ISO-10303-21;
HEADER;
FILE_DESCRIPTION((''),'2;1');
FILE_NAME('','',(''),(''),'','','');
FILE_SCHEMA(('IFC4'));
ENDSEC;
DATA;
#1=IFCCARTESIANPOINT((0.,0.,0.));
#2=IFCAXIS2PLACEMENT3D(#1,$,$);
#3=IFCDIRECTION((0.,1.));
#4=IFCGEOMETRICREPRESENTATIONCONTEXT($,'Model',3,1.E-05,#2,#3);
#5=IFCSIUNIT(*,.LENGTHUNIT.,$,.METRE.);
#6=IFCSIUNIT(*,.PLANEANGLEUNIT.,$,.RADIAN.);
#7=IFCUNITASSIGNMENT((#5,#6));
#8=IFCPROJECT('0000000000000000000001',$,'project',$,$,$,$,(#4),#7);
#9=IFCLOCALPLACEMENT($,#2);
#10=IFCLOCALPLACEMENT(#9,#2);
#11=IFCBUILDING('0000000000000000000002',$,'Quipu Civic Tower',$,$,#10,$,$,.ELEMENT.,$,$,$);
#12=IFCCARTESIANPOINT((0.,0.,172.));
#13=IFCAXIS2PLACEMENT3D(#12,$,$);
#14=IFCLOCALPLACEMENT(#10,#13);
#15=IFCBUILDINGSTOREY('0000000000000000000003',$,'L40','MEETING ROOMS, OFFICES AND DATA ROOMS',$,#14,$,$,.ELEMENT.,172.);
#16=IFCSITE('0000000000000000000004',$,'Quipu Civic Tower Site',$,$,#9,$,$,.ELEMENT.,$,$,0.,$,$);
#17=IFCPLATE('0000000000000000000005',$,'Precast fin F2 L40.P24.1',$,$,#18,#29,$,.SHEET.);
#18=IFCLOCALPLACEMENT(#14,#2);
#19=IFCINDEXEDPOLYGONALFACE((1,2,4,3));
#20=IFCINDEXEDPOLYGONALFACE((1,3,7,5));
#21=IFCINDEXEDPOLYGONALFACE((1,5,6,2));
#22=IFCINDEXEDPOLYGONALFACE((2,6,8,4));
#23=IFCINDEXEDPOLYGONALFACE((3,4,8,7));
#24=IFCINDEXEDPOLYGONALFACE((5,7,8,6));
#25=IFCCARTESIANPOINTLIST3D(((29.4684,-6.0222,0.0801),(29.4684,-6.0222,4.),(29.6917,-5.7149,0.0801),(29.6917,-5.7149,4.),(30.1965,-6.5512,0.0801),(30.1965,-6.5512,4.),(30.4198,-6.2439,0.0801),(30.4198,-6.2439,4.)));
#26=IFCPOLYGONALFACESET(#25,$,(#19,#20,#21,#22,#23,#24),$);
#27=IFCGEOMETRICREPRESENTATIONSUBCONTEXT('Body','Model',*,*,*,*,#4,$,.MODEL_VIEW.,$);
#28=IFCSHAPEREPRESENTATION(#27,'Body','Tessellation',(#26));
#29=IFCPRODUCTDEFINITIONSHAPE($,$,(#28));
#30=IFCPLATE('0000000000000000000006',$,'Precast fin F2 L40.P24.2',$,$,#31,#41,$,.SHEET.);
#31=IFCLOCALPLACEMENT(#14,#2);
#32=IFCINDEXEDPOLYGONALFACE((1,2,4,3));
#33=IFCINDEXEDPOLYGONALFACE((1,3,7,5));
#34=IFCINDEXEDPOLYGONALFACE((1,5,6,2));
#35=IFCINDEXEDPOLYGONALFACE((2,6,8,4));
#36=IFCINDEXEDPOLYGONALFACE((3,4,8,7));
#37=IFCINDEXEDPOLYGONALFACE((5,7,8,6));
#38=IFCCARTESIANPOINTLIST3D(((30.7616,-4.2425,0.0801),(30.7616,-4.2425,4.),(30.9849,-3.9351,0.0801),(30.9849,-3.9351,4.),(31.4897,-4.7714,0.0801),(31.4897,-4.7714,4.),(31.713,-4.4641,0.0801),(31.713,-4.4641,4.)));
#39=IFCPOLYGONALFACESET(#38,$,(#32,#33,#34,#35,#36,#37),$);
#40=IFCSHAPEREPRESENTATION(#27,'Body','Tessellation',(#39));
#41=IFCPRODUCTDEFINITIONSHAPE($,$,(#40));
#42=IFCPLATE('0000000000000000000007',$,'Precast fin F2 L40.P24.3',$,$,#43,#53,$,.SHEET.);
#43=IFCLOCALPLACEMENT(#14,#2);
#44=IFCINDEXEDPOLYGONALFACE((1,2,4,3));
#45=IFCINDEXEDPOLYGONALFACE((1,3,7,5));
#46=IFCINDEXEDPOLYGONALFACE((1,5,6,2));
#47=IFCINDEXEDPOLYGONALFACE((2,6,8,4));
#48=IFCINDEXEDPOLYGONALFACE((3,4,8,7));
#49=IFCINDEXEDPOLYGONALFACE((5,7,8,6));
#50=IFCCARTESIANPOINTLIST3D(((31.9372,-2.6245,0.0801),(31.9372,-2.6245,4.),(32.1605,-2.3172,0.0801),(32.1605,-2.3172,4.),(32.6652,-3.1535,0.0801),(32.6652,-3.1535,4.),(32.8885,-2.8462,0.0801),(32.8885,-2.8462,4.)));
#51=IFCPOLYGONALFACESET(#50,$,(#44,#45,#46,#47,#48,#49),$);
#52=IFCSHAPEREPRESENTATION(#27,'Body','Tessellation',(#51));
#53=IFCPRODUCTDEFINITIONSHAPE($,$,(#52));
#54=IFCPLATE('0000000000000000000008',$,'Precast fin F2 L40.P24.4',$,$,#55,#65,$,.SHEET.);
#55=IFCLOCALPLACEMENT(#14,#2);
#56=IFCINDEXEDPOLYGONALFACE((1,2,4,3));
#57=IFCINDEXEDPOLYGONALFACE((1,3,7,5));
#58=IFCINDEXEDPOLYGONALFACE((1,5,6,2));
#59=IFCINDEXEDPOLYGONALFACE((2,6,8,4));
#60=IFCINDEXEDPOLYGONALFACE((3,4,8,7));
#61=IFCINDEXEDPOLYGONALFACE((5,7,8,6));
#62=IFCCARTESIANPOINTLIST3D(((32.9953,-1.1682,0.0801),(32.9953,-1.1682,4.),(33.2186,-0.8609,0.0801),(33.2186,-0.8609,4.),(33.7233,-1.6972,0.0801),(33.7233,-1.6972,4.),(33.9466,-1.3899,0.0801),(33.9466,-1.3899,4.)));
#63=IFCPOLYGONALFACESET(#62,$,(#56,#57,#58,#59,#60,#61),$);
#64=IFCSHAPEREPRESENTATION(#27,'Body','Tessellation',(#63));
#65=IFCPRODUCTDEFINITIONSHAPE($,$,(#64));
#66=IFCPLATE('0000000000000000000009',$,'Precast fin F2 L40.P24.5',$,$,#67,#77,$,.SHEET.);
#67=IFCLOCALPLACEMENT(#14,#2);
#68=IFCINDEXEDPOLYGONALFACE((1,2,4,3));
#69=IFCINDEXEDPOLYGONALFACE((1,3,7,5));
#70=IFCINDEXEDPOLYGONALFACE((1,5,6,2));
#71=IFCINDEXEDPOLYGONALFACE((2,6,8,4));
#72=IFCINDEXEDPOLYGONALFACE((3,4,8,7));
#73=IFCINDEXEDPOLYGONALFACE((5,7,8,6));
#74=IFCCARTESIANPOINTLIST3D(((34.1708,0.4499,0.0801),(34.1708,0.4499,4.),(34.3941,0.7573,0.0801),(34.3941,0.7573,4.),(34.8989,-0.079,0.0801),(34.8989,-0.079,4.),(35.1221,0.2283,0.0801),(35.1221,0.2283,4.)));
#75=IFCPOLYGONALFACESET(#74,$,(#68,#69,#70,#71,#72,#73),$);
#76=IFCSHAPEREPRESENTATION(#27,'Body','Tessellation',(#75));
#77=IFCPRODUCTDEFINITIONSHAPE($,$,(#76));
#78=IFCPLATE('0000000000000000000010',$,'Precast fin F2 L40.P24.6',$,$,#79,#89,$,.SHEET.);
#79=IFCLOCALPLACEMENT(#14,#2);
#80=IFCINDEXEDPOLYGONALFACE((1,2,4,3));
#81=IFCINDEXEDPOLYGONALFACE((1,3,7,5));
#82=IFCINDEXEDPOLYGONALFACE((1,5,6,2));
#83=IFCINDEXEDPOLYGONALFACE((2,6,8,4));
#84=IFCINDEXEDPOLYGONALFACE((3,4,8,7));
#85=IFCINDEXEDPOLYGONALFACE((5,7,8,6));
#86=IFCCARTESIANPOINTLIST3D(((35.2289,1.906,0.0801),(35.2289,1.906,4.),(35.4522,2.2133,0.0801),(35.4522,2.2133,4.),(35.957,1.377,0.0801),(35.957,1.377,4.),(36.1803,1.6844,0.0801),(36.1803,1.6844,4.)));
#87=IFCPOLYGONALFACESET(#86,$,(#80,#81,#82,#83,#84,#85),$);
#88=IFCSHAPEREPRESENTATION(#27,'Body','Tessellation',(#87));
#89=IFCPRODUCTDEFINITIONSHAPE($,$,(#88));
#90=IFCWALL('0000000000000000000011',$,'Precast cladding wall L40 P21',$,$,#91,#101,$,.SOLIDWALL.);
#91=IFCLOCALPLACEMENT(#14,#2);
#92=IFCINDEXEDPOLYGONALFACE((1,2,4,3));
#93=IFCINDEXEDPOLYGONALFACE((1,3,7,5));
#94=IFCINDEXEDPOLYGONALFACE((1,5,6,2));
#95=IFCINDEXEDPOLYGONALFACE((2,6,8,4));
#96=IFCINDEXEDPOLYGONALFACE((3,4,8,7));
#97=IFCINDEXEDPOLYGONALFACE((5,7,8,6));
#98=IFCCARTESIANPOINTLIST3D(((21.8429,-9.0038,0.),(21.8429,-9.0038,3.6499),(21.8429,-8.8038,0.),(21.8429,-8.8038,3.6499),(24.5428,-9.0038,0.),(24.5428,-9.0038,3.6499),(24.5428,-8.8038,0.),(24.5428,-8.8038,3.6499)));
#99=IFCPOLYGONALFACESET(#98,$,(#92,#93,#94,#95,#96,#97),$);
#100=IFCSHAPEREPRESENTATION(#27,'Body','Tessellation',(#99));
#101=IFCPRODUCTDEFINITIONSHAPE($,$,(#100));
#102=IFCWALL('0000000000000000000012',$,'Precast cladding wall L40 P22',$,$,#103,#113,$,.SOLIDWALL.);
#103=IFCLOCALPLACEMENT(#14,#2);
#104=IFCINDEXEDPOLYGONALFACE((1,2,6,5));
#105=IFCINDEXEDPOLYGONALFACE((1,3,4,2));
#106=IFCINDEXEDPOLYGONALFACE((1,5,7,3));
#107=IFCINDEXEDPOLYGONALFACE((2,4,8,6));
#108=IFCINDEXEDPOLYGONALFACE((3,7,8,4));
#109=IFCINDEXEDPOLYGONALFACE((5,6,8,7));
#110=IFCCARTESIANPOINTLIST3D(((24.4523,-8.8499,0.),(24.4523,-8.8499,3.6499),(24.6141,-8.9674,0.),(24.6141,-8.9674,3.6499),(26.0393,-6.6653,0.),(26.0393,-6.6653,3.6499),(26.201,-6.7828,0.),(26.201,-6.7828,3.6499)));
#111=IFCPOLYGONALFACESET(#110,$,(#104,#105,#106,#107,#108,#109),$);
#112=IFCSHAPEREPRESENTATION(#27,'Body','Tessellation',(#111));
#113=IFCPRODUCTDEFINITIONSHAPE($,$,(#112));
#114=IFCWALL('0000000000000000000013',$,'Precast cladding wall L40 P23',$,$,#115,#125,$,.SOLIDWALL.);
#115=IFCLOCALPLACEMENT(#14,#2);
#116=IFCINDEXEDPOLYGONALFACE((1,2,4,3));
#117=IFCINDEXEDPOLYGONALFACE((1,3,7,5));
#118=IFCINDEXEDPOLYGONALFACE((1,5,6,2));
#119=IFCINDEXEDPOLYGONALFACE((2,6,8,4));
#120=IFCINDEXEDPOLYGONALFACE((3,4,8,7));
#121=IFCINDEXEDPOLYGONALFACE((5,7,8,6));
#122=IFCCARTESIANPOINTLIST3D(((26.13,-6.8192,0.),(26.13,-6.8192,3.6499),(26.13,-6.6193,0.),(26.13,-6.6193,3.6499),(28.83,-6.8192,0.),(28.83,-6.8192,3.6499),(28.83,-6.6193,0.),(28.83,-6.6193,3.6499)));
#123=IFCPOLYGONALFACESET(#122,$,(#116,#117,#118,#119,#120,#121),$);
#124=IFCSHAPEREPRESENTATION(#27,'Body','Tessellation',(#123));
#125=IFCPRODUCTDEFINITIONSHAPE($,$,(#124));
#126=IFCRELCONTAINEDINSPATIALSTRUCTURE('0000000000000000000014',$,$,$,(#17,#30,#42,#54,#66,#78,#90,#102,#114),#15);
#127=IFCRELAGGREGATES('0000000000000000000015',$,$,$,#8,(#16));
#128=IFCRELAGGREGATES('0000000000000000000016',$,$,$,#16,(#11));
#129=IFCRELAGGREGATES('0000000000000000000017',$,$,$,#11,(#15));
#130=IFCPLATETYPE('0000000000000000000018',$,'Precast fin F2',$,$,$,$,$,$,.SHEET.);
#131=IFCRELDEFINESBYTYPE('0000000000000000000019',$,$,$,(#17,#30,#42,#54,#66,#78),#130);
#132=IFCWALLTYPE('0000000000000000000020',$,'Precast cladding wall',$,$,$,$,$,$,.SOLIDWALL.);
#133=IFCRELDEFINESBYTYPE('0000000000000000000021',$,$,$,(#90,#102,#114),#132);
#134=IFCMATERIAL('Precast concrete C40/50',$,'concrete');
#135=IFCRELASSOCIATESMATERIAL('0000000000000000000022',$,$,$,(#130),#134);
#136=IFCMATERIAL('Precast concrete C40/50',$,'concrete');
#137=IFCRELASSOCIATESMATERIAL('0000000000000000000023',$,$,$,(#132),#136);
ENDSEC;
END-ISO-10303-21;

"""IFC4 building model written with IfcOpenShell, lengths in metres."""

from ifc_helpers import new_model, si_unit, direction, frame, frame_2d, origin, origin_2d, place, context, subcontext, project, spatial, rectangle, extrude, material, type_object, element, save


model = new_model("IFC4")

# Units and contexts
model_context = context("Model", 3, precision=1e-05, world=origin(), true_north=direction((0.0, 1.0)))
body_context = subcontext(model_context, "Body", "Model", "MODEL_VIEW")
ifc_project = project(units=[si_unit("LENGTHUNIT", "METRE"), si_unit("PLANEANGLEUNIT", "RADIAN")], contexts=[model_context])

# Site, building, storey
site_placement = place(None, origin())
site = spatial("IfcSite", under=ifc_project, at=site_placement, Name="Quipu Civic Tower Site", CompositionType="ELEMENT", RefElevation=0.0)
building_placement = place(site_placement, origin())
building = spatial("IfcBuilding", under=site, at=building_placement, Name="Quipu Civic Tower", CompositionType="ELEMENT")
storey_placement = place(building_placement, frame((0.0, 0.0, 172.0)))
storey = spatial("IfcBuildingStorey", under=building, at=storey_placement, Name="L40", Description="MEETING ROOMS, OFFICES AND DATA ROOMS", CompositionType="ELEMENT", Elevation=172.0)

# Plates
ifc_material_1 = material(Name="Precast concrete C40/50", Category="concrete")
plate_type_1 = type_object("IfcPlateType", Name="Precast fin F2", PredefinedType="SHEET", material=ifc_material_1)
for number, where, z_axis, x_axis, name in (
    (1, (29.9441, -6.1331, 0.0801), (0.0, 0.0, 1.0), (0.587786, 0.809017, 0.0), "Precast fin F2 L40.P24.1"),
    (2, (31.2373, -4.3533, 0.0801), (0.0, 0.0, 1.0), (0.587786, 0.809017, 0.0), "Precast fin F2 L40.P24.2"),
    (3, (32.4128, -2.7354, 0.0801), (0.0, 0.0, 1.0), (0.587786, 0.809017, 0.0), "Precast fin F2 L40.P24.3"),
    (4, (33.4709, -1.2791, 0.0801), (0.0, 0.0, 1.0), (0.587786, 0.809017, 0.0), "Precast fin F2 L40.P24.4"),
    (5, (34.6465, 0.3391, 0.0801), (0.0, 0.0, 1.0), (0.587786, 0.809017, 0.0), "Precast fin F2 L40.P24.5"),
    (6, (35.7046, 1.7952, 0.0801), (0.0, 0.0, 1.0), (0.587786, 0.809017, 0.0), "Precast fin F2 L40.P24.6"),
):
    element("IfcPlate", number, at=place(storey_placement, frame(where, z_axis=z_axis, x_axis=x_axis)), inside=storey, type_object=plate_type_1, Name=name, PredefinedType="SHEET", context=body_context, shape_type="SweptSolid", body=[
        extrude(rectangle(XDim=0.3799, YDim=0.8999, at=origin_2d()), origin(), (0.0, 0.0, 1.0), 3.9199),
    ])

# Walls
ifc_material_2 = material(Name="Precast concrete C40/50", Category="concrete")
wall_type = type_object("IfcWallType", Name="Precast cladding wall", PredefinedType="SOLIDWALL", material=ifc_material_2)
wall_1_placement = place(storey_placement, frame((21.8428, -8.9038, 0.0), z_axis=(0.0, 0.0, 1.0), x_axis=(1.0, 0.0, 0.0)))
element("IfcWall", 7, at=wall_1_placement, inside=storey, type_object=wall_type, Name="Precast cladding wall L40 P21", PredefinedType="SOLIDWALL", context=body_context, shape_type="SweptSolid", body=[
    extrude(rectangle(XDim=2.7, YDim=0.2, at=frame_2d((1.3501, 0.0))), origin(), (0.0, 0.0, 1.0), 3.6499),
])
wall_2_placement = place(storey_placement, frame((24.5332, -8.9087, 0.0), z_axis=(0.0, 0.0, 1.0), x_axis=(0.58772, 0.809064, 0.0)))
element("IfcWall", 8, at=wall_2_placement, inside=storey, type_object=wall_type, Name="Precast cladding wall L40 P22", PredefinedType="SOLIDWALL", context=body_context, shape_type="SweptSolid", body=[
    extrude(rectangle(XDim=2.7002, YDim=0.2, at=frame_2d((1.3501, 0.0))), origin(), (0.0, 0.0, 1.0), 3.6499),
])
wall_3_placement = place(storey_placement, frame((26.1299, -6.7192, 0.0), z_axis=(0.0, 0.0, 1.0), x_axis=(1.0, 0.0, 0.0)))
element("IfcWall", 9, at=wall_3_placement, inside=storey, type_object=wall_type, Name="Precast cladding wall L40 P23", PredefinedType="SOLIDWALL", context=body_context, shape_type="SweptSolid", body=[
    extrude(rectangle(XDim=2.7, YDim=0.2, at=frame_2d((1.3501, 0.0))), origin(), (0.0, 0.0, 1.0), 3.6499),
])

save(model, "model.ifc")
